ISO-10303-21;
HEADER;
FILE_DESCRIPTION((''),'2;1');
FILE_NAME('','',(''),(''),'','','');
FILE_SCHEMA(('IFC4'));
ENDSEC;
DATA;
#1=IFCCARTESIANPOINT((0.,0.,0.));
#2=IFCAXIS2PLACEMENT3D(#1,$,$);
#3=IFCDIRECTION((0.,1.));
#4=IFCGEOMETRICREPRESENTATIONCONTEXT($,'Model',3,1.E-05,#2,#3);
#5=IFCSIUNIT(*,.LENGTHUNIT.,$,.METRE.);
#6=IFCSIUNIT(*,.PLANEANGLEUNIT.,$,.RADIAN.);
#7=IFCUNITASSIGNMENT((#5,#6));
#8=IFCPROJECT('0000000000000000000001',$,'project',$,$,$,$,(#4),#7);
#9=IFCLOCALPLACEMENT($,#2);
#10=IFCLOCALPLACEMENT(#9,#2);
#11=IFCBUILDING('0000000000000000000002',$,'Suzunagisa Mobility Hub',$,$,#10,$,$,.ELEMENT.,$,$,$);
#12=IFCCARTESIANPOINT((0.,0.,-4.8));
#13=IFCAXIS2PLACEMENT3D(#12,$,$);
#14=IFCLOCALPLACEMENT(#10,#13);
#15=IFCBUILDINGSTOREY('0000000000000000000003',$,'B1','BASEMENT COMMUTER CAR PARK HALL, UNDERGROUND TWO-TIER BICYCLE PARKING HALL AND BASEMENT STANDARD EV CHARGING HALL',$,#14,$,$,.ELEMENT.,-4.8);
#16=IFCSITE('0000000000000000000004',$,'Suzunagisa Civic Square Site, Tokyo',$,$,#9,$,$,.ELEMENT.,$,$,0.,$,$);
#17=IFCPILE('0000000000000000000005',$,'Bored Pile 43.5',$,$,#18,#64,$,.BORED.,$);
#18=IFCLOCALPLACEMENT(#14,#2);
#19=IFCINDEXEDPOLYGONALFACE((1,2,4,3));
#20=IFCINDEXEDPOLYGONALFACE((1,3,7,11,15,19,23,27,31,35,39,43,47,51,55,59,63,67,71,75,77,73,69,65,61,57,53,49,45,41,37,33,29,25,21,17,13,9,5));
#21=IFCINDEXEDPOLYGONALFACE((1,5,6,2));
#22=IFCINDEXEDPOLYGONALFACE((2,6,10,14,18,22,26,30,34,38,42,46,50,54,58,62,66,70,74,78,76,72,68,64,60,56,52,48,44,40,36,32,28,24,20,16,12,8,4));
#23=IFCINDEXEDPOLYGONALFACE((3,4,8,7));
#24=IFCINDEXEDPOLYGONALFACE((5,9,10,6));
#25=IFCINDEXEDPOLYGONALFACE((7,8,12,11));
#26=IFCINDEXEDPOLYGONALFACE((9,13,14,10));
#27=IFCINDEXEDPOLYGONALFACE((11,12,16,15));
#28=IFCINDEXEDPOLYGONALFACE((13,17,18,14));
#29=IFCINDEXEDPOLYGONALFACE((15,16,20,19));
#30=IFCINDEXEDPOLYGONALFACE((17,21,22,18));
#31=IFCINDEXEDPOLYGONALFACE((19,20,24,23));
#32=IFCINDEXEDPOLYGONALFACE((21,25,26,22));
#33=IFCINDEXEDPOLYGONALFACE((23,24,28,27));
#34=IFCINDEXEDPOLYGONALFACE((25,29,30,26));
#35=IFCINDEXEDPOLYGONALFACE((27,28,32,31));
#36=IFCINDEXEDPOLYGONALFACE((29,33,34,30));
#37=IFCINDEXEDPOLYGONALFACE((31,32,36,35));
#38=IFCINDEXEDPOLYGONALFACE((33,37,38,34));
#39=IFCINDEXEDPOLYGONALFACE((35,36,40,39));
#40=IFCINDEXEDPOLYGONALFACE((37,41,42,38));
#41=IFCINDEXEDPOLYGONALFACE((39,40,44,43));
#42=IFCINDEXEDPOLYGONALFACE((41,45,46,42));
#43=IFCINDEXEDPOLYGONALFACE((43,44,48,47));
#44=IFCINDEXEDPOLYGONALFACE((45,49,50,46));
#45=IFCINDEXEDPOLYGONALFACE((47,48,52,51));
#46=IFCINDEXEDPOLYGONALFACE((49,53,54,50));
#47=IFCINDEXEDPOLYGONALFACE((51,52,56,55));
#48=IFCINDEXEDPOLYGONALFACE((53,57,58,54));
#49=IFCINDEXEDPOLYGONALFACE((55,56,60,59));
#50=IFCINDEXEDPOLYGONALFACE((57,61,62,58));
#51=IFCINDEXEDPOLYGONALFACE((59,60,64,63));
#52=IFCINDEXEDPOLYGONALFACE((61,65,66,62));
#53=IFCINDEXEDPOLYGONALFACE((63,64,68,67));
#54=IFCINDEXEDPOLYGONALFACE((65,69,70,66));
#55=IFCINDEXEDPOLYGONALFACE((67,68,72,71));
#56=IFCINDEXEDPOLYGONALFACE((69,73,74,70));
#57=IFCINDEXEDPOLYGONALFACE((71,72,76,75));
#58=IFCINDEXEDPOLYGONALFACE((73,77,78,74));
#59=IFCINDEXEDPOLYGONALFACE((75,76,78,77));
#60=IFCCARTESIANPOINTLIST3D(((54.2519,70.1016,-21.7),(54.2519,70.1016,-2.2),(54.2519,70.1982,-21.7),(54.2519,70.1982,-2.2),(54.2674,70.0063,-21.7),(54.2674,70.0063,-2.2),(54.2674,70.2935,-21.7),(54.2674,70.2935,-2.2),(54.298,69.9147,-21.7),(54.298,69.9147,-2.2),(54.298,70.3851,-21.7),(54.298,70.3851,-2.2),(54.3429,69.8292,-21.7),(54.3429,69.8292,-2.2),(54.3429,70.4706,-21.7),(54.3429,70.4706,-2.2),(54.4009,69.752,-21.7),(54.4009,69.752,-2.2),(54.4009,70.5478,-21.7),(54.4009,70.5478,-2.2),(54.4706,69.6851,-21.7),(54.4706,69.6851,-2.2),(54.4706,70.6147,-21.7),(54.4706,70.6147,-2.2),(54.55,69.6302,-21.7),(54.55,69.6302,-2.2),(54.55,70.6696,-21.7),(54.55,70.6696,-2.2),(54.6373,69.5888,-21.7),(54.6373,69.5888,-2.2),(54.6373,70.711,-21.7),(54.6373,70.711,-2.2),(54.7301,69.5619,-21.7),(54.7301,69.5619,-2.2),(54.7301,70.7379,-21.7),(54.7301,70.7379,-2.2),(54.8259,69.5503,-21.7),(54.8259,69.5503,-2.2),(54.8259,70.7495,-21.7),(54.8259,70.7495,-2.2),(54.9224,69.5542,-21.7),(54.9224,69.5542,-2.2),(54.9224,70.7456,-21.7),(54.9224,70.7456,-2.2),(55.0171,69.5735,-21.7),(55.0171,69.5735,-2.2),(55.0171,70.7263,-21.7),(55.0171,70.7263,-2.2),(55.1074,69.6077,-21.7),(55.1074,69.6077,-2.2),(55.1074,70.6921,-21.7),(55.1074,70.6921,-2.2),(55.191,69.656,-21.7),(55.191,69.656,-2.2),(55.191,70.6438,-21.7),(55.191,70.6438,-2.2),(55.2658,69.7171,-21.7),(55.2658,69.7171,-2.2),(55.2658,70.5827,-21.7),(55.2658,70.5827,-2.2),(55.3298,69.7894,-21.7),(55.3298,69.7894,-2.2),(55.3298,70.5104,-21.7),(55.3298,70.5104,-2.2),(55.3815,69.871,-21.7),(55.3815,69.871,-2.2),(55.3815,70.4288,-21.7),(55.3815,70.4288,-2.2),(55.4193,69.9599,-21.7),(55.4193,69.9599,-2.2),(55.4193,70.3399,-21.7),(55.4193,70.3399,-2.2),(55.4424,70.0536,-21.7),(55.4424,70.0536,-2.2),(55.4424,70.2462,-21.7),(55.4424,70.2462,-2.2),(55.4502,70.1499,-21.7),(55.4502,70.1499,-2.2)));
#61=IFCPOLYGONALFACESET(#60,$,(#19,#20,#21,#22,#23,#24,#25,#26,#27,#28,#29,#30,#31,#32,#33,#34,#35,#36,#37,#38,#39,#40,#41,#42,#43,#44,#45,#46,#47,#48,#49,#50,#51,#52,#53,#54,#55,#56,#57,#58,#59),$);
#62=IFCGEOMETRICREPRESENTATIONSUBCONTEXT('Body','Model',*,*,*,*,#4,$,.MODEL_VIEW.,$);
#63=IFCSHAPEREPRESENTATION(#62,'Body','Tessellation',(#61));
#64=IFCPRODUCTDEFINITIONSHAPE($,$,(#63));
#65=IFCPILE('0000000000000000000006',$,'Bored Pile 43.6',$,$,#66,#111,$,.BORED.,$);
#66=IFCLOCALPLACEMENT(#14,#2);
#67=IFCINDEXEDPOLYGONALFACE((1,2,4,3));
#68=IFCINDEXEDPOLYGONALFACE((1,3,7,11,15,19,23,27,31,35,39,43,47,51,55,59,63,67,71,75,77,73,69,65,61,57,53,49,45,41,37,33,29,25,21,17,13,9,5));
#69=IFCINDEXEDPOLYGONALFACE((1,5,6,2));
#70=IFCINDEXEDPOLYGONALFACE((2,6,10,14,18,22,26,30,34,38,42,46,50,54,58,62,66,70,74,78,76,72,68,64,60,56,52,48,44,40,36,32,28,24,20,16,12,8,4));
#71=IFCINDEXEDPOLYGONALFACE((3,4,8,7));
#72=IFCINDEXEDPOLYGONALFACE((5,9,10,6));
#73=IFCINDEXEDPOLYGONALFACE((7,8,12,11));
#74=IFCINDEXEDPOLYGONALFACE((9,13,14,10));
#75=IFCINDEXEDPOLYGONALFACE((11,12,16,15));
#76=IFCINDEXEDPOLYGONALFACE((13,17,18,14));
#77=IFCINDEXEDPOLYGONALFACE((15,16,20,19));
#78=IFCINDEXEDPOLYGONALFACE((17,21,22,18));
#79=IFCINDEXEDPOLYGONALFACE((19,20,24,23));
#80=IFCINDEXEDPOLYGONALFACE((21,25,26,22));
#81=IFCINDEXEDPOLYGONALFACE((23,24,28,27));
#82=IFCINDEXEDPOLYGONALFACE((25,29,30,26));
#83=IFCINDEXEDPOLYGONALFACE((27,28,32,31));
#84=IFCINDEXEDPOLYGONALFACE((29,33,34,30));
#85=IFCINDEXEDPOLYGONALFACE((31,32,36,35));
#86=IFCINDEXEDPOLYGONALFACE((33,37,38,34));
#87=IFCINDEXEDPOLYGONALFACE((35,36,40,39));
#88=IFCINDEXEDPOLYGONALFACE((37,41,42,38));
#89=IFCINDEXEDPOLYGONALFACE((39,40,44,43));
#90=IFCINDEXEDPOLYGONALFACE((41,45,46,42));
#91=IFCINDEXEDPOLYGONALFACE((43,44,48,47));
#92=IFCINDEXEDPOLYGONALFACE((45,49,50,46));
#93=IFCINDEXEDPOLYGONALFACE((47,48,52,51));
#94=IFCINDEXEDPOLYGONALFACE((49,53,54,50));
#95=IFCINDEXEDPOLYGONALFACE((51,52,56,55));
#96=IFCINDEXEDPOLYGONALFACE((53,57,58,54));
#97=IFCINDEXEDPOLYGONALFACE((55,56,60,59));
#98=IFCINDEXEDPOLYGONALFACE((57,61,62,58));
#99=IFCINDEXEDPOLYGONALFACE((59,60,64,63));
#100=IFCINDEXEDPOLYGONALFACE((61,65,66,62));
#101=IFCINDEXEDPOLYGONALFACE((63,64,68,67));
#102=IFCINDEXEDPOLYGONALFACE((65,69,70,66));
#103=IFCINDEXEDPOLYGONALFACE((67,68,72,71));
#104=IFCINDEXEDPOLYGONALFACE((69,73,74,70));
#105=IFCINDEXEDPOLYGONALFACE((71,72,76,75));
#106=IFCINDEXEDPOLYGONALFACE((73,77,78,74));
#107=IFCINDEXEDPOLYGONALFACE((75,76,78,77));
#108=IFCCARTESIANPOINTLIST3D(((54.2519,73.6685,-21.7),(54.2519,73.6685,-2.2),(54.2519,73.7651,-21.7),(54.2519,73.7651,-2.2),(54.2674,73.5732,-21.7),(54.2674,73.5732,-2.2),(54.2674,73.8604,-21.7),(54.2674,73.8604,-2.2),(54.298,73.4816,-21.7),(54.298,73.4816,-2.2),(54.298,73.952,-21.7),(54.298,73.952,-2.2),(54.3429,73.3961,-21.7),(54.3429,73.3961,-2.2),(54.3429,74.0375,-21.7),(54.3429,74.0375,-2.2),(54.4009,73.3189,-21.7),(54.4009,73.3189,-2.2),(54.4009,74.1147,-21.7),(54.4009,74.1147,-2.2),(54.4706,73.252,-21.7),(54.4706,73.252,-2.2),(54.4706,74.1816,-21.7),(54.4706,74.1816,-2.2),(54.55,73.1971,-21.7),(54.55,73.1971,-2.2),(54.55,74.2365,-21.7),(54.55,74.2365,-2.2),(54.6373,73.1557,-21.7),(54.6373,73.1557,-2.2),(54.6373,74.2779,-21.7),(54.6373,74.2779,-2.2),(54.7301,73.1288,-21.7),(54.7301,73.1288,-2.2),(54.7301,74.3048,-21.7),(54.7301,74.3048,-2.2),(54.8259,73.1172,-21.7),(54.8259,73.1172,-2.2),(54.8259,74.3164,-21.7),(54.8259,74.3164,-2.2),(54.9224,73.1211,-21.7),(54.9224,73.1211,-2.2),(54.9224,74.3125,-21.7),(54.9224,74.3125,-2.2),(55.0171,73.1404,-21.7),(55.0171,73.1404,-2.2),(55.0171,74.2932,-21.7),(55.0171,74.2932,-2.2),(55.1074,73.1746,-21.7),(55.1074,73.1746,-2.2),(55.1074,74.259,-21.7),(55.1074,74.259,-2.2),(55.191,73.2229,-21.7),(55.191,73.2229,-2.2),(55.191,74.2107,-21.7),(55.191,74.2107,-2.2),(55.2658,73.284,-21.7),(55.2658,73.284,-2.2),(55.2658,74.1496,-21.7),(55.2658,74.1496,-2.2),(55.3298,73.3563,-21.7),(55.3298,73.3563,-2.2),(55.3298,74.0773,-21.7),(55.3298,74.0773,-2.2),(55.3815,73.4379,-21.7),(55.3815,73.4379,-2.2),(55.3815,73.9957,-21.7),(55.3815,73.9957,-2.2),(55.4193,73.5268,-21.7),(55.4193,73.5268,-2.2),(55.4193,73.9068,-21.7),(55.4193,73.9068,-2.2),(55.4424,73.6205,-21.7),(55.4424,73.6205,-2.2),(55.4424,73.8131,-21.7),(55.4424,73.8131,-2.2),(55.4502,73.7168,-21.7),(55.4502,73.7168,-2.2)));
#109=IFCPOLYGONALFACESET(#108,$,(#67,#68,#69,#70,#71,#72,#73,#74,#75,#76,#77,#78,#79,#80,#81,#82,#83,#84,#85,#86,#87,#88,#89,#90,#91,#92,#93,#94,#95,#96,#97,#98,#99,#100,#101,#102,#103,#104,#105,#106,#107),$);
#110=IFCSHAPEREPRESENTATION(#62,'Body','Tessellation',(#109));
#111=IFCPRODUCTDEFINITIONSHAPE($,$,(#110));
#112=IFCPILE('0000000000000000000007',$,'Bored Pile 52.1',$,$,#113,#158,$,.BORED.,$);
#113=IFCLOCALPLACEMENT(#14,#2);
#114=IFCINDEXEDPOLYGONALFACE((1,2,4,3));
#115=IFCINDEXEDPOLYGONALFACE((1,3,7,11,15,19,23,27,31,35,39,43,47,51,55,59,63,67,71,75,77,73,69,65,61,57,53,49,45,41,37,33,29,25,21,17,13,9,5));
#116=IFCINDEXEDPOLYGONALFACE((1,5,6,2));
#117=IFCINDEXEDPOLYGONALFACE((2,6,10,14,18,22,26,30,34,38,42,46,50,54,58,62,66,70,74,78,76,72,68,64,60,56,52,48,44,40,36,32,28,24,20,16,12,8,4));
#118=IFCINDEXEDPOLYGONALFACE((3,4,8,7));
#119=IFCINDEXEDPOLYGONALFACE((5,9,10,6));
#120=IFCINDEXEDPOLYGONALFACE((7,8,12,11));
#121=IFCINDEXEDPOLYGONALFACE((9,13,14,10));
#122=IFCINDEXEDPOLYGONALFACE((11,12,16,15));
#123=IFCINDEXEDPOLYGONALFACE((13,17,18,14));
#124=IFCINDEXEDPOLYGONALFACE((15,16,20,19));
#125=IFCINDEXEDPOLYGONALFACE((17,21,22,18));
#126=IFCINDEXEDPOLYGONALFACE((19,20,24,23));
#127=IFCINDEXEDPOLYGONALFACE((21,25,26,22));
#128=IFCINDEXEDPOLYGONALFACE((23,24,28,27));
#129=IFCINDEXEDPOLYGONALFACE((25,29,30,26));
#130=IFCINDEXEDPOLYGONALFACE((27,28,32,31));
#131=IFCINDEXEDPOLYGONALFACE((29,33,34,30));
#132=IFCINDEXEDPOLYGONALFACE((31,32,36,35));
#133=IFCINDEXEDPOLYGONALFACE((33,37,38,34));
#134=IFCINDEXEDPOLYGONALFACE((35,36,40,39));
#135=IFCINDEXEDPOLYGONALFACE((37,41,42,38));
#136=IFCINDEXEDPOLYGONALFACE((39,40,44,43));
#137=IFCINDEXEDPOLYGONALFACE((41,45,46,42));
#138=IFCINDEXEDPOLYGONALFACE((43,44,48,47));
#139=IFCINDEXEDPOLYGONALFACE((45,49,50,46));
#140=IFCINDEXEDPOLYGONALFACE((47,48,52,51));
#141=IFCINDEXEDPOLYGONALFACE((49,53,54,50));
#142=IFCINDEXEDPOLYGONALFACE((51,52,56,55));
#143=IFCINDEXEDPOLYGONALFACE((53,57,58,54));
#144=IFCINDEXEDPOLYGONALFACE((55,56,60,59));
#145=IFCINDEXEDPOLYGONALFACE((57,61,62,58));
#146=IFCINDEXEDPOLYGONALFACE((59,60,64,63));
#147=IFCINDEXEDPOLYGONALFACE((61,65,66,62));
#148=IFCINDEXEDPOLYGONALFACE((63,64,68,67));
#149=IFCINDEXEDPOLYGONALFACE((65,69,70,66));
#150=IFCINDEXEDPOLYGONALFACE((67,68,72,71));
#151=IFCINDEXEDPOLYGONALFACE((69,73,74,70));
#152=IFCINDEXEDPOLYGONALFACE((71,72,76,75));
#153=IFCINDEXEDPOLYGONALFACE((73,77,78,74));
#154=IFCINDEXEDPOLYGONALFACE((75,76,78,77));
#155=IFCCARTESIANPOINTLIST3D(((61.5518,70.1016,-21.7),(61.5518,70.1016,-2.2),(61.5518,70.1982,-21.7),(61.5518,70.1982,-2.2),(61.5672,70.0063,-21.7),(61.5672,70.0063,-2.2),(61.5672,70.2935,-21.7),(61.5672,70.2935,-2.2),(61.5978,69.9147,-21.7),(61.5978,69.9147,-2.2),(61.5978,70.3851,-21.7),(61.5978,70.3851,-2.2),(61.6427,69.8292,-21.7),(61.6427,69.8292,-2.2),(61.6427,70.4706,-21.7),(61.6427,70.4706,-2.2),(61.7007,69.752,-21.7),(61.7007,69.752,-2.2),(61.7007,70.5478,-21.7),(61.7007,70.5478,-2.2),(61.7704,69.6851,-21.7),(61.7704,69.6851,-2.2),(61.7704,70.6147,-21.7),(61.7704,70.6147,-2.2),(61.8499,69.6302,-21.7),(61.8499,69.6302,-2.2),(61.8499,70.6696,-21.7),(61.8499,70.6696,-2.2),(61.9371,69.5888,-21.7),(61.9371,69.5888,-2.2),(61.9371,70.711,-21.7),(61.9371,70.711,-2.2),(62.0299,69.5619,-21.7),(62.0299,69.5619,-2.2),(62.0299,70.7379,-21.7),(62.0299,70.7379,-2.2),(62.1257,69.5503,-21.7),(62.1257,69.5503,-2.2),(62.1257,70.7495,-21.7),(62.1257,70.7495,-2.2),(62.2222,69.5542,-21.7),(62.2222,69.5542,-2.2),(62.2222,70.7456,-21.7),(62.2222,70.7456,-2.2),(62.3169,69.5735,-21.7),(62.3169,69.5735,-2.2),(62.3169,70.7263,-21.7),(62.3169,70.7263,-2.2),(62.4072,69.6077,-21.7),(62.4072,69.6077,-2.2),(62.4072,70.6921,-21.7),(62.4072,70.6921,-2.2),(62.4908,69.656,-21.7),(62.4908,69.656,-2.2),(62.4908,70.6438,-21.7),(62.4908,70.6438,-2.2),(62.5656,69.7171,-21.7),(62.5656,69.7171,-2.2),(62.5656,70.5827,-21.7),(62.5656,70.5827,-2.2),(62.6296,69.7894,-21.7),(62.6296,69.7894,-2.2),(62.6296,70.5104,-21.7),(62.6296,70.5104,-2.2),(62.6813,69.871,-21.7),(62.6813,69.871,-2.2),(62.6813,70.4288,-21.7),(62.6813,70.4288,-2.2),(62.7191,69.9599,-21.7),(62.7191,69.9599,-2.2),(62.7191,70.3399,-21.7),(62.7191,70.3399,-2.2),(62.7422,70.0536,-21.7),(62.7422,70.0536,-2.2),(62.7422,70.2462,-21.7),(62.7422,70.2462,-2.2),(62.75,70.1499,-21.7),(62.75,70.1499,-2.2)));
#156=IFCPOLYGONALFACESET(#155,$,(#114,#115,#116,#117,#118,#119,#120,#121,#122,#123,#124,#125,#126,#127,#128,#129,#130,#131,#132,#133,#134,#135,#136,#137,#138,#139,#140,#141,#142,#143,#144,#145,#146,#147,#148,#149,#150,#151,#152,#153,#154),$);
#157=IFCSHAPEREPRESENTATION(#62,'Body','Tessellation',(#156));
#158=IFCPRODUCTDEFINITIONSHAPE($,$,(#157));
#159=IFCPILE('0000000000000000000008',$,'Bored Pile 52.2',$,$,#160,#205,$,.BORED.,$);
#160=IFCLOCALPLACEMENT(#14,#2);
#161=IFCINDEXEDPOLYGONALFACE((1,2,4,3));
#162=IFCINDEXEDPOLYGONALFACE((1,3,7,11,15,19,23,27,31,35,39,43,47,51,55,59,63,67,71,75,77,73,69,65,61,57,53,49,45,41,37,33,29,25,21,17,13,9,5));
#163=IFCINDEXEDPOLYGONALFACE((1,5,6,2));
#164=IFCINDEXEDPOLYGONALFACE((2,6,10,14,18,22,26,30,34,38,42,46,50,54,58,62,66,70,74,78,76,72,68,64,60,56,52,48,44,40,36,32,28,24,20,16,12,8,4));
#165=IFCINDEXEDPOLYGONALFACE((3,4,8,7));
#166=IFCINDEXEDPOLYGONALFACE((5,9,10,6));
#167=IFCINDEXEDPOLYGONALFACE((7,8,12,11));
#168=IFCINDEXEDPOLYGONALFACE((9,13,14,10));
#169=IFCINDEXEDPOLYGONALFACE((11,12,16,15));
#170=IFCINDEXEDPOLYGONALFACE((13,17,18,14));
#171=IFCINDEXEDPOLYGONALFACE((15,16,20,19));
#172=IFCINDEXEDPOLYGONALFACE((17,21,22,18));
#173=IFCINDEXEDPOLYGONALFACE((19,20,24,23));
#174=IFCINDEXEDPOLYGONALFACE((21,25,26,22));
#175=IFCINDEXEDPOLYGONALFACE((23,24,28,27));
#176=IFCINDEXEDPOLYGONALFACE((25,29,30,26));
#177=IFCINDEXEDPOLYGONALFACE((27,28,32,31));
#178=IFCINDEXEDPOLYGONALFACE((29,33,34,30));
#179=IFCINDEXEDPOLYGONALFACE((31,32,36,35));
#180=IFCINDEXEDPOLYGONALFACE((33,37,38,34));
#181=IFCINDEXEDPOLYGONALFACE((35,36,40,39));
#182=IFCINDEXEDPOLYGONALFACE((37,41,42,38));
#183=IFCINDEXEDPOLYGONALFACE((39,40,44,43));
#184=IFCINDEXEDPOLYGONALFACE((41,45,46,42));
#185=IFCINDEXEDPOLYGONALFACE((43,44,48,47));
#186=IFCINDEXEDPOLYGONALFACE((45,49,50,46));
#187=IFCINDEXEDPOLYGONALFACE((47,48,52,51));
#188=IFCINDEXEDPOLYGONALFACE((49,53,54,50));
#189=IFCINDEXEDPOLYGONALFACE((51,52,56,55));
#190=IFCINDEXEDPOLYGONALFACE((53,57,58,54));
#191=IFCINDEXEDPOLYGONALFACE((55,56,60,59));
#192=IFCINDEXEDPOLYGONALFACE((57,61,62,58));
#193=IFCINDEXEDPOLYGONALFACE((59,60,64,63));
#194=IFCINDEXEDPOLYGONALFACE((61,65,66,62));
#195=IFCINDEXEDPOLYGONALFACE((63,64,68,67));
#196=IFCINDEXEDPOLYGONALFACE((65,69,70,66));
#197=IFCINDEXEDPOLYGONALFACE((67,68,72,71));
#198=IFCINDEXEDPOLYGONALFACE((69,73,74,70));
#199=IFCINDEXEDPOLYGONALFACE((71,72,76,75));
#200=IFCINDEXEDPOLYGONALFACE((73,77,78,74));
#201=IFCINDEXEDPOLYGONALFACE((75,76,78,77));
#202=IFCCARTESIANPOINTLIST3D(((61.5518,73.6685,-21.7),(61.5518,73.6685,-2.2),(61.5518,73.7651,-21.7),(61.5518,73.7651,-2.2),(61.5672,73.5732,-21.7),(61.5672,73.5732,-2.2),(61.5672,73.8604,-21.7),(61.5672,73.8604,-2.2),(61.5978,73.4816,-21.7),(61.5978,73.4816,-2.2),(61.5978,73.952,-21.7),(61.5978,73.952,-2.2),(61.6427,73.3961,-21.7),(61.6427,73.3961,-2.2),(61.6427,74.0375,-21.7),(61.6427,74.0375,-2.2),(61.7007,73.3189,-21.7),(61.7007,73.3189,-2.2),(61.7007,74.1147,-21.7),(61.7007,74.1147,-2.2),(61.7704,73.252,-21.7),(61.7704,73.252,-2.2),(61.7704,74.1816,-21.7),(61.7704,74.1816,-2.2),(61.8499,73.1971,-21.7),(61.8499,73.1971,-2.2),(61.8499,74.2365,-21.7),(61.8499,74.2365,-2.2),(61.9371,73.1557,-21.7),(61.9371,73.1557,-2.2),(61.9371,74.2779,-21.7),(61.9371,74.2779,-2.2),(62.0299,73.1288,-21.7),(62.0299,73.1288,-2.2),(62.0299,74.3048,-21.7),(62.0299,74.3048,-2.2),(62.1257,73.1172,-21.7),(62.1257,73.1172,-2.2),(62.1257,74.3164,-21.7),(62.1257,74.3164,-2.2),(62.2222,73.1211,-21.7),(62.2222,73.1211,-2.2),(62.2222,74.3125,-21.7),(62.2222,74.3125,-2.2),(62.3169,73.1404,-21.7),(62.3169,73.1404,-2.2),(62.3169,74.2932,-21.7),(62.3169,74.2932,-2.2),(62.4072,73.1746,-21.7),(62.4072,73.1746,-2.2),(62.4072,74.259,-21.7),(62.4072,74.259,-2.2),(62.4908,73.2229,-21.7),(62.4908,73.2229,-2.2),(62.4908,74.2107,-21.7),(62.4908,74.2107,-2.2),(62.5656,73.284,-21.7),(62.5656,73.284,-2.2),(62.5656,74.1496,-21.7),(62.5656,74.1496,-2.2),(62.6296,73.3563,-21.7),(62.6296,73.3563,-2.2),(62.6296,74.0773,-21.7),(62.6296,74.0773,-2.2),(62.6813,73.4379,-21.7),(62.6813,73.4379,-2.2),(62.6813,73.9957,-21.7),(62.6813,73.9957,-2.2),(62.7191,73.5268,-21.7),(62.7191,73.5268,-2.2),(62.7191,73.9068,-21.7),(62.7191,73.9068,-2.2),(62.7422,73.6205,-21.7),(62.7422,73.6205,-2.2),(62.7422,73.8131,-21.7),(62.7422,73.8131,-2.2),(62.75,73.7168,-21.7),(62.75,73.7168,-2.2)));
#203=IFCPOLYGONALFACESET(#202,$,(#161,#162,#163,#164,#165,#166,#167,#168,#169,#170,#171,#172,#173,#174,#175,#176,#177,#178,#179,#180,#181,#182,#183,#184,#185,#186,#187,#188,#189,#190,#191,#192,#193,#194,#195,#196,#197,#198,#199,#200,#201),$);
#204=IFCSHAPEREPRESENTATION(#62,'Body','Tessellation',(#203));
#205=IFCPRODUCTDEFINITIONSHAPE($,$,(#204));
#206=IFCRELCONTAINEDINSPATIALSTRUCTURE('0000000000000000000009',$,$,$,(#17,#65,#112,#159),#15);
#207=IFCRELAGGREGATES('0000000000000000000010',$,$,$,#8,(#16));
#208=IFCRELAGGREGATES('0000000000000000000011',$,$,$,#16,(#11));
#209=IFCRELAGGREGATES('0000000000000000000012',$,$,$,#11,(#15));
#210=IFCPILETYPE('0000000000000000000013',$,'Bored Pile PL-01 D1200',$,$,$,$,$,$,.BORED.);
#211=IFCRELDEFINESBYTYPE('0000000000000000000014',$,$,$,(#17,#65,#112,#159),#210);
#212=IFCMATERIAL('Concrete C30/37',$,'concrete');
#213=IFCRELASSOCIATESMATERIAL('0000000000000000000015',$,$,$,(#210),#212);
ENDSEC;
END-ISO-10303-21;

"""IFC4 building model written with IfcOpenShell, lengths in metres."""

from ifc_helpers import new_model, si_unit, direction, frame, origin, origin_2d, place, context, subcontext, project, spatial, circle, extrude, material, material_profile, profile_set, type_object, element, save


model = new_model("IFC4")

# Units and contexts
model_context = context("Model", 3, precision=1e-05, world=origin(), true_north=direction((0.0, 1.0)))
body_context = subcontext(model_context, "Body", "Model", "MODEL_VIEW")
ifc_project = project(units=[si_unit("LENGTHUNIT", "METRE"), si_unit("PLANEANGLEUNIT", "RADIAN")], contexts=[model_context])

# Site, building, storey
site_placement = place(None, origin())
site = spatial("IfcSite", under=ifc_project, at=site_placement, Name="Suzunagisa Civic Square Site, Tokyo", CompositionType="ELEMENT", RefElevation=0.0)
building_placement = place(site_placement, origin())
building = spatial("IfcBuilding", under=site, at=building_placement, Name="Suzunagisa Mobility Hub", CompositionType="ELEMENT")
storey_placement = place(building_placement, frame((0.0, 0.0, -4.8)))
storey = spatial("IfcBuildingStorey", under=building, at=storey_placement, Name="B1", Description="BASEMENT COMMUTER CAR PARK HALL, UNDERGROUND TWO-TIER BICYCLE PARKING HALL AND BASEMENT STANDARD EV CHARGING HALL", CompositionType="ELEMENT", Elevation=-4.8)

# Piles
ifc_material_1 = material(Name="Concrete C30/37", Category="concrete")
ifc_material_profile_1 = material_profile(ifc_material_1, circle(Radius=0.6001, at=origin_2d()), Name="BORED PILE D1200")
ifc_profile_set_1 = profile_set([ifc_material_profile_1], Name="Concrete C30/37")
pile_type_1 = type_object("IfcPileType", Name="Bored Pile PL-01 D1200", PredefinedType="BORED", material=ifc_profile_set_1)
for number, where, z_axis, x_axis, name in (
    (1, (54.8501, 70.1499, -2.2), (0.0, 0.0, -1.0), (1.0, 0.0, 0.0), "Bored Pile 43.5"),
    (2, (54.8501, 73.7168, -2.2), (0.0, 0.0, -1.0), (1.0, 0.0, 0.0), "Bored Pile 43.6"),
    (3, (62.1499, 70.1499, -2.2), (0.0, 0.0, -1.0), (1.0, 0.0, 0.0), "Bored Pile 52.1"),
    (4, (62.1499, 73.7168, -2.2), (0.0, 0.0, -1.0), (1.0, 0.0, 0.0), "Bored Pile 52.2"),
):
    element("IfcPile", number, at=place(storey_placement, frame(where, z_axis=z_axis, x_axis=x_axis)), inside=storey, type_object=pile_type_1, Name=name, PredefinedType="BORED", context=body_context, shape_type="SweptSolid", body=[
        extrude(circle(Radius=0.6001, at=origin_2d()), origin(), (0.0, 0.0, 1.0), 19.5),
    ])

save(model, "model.ifc")
